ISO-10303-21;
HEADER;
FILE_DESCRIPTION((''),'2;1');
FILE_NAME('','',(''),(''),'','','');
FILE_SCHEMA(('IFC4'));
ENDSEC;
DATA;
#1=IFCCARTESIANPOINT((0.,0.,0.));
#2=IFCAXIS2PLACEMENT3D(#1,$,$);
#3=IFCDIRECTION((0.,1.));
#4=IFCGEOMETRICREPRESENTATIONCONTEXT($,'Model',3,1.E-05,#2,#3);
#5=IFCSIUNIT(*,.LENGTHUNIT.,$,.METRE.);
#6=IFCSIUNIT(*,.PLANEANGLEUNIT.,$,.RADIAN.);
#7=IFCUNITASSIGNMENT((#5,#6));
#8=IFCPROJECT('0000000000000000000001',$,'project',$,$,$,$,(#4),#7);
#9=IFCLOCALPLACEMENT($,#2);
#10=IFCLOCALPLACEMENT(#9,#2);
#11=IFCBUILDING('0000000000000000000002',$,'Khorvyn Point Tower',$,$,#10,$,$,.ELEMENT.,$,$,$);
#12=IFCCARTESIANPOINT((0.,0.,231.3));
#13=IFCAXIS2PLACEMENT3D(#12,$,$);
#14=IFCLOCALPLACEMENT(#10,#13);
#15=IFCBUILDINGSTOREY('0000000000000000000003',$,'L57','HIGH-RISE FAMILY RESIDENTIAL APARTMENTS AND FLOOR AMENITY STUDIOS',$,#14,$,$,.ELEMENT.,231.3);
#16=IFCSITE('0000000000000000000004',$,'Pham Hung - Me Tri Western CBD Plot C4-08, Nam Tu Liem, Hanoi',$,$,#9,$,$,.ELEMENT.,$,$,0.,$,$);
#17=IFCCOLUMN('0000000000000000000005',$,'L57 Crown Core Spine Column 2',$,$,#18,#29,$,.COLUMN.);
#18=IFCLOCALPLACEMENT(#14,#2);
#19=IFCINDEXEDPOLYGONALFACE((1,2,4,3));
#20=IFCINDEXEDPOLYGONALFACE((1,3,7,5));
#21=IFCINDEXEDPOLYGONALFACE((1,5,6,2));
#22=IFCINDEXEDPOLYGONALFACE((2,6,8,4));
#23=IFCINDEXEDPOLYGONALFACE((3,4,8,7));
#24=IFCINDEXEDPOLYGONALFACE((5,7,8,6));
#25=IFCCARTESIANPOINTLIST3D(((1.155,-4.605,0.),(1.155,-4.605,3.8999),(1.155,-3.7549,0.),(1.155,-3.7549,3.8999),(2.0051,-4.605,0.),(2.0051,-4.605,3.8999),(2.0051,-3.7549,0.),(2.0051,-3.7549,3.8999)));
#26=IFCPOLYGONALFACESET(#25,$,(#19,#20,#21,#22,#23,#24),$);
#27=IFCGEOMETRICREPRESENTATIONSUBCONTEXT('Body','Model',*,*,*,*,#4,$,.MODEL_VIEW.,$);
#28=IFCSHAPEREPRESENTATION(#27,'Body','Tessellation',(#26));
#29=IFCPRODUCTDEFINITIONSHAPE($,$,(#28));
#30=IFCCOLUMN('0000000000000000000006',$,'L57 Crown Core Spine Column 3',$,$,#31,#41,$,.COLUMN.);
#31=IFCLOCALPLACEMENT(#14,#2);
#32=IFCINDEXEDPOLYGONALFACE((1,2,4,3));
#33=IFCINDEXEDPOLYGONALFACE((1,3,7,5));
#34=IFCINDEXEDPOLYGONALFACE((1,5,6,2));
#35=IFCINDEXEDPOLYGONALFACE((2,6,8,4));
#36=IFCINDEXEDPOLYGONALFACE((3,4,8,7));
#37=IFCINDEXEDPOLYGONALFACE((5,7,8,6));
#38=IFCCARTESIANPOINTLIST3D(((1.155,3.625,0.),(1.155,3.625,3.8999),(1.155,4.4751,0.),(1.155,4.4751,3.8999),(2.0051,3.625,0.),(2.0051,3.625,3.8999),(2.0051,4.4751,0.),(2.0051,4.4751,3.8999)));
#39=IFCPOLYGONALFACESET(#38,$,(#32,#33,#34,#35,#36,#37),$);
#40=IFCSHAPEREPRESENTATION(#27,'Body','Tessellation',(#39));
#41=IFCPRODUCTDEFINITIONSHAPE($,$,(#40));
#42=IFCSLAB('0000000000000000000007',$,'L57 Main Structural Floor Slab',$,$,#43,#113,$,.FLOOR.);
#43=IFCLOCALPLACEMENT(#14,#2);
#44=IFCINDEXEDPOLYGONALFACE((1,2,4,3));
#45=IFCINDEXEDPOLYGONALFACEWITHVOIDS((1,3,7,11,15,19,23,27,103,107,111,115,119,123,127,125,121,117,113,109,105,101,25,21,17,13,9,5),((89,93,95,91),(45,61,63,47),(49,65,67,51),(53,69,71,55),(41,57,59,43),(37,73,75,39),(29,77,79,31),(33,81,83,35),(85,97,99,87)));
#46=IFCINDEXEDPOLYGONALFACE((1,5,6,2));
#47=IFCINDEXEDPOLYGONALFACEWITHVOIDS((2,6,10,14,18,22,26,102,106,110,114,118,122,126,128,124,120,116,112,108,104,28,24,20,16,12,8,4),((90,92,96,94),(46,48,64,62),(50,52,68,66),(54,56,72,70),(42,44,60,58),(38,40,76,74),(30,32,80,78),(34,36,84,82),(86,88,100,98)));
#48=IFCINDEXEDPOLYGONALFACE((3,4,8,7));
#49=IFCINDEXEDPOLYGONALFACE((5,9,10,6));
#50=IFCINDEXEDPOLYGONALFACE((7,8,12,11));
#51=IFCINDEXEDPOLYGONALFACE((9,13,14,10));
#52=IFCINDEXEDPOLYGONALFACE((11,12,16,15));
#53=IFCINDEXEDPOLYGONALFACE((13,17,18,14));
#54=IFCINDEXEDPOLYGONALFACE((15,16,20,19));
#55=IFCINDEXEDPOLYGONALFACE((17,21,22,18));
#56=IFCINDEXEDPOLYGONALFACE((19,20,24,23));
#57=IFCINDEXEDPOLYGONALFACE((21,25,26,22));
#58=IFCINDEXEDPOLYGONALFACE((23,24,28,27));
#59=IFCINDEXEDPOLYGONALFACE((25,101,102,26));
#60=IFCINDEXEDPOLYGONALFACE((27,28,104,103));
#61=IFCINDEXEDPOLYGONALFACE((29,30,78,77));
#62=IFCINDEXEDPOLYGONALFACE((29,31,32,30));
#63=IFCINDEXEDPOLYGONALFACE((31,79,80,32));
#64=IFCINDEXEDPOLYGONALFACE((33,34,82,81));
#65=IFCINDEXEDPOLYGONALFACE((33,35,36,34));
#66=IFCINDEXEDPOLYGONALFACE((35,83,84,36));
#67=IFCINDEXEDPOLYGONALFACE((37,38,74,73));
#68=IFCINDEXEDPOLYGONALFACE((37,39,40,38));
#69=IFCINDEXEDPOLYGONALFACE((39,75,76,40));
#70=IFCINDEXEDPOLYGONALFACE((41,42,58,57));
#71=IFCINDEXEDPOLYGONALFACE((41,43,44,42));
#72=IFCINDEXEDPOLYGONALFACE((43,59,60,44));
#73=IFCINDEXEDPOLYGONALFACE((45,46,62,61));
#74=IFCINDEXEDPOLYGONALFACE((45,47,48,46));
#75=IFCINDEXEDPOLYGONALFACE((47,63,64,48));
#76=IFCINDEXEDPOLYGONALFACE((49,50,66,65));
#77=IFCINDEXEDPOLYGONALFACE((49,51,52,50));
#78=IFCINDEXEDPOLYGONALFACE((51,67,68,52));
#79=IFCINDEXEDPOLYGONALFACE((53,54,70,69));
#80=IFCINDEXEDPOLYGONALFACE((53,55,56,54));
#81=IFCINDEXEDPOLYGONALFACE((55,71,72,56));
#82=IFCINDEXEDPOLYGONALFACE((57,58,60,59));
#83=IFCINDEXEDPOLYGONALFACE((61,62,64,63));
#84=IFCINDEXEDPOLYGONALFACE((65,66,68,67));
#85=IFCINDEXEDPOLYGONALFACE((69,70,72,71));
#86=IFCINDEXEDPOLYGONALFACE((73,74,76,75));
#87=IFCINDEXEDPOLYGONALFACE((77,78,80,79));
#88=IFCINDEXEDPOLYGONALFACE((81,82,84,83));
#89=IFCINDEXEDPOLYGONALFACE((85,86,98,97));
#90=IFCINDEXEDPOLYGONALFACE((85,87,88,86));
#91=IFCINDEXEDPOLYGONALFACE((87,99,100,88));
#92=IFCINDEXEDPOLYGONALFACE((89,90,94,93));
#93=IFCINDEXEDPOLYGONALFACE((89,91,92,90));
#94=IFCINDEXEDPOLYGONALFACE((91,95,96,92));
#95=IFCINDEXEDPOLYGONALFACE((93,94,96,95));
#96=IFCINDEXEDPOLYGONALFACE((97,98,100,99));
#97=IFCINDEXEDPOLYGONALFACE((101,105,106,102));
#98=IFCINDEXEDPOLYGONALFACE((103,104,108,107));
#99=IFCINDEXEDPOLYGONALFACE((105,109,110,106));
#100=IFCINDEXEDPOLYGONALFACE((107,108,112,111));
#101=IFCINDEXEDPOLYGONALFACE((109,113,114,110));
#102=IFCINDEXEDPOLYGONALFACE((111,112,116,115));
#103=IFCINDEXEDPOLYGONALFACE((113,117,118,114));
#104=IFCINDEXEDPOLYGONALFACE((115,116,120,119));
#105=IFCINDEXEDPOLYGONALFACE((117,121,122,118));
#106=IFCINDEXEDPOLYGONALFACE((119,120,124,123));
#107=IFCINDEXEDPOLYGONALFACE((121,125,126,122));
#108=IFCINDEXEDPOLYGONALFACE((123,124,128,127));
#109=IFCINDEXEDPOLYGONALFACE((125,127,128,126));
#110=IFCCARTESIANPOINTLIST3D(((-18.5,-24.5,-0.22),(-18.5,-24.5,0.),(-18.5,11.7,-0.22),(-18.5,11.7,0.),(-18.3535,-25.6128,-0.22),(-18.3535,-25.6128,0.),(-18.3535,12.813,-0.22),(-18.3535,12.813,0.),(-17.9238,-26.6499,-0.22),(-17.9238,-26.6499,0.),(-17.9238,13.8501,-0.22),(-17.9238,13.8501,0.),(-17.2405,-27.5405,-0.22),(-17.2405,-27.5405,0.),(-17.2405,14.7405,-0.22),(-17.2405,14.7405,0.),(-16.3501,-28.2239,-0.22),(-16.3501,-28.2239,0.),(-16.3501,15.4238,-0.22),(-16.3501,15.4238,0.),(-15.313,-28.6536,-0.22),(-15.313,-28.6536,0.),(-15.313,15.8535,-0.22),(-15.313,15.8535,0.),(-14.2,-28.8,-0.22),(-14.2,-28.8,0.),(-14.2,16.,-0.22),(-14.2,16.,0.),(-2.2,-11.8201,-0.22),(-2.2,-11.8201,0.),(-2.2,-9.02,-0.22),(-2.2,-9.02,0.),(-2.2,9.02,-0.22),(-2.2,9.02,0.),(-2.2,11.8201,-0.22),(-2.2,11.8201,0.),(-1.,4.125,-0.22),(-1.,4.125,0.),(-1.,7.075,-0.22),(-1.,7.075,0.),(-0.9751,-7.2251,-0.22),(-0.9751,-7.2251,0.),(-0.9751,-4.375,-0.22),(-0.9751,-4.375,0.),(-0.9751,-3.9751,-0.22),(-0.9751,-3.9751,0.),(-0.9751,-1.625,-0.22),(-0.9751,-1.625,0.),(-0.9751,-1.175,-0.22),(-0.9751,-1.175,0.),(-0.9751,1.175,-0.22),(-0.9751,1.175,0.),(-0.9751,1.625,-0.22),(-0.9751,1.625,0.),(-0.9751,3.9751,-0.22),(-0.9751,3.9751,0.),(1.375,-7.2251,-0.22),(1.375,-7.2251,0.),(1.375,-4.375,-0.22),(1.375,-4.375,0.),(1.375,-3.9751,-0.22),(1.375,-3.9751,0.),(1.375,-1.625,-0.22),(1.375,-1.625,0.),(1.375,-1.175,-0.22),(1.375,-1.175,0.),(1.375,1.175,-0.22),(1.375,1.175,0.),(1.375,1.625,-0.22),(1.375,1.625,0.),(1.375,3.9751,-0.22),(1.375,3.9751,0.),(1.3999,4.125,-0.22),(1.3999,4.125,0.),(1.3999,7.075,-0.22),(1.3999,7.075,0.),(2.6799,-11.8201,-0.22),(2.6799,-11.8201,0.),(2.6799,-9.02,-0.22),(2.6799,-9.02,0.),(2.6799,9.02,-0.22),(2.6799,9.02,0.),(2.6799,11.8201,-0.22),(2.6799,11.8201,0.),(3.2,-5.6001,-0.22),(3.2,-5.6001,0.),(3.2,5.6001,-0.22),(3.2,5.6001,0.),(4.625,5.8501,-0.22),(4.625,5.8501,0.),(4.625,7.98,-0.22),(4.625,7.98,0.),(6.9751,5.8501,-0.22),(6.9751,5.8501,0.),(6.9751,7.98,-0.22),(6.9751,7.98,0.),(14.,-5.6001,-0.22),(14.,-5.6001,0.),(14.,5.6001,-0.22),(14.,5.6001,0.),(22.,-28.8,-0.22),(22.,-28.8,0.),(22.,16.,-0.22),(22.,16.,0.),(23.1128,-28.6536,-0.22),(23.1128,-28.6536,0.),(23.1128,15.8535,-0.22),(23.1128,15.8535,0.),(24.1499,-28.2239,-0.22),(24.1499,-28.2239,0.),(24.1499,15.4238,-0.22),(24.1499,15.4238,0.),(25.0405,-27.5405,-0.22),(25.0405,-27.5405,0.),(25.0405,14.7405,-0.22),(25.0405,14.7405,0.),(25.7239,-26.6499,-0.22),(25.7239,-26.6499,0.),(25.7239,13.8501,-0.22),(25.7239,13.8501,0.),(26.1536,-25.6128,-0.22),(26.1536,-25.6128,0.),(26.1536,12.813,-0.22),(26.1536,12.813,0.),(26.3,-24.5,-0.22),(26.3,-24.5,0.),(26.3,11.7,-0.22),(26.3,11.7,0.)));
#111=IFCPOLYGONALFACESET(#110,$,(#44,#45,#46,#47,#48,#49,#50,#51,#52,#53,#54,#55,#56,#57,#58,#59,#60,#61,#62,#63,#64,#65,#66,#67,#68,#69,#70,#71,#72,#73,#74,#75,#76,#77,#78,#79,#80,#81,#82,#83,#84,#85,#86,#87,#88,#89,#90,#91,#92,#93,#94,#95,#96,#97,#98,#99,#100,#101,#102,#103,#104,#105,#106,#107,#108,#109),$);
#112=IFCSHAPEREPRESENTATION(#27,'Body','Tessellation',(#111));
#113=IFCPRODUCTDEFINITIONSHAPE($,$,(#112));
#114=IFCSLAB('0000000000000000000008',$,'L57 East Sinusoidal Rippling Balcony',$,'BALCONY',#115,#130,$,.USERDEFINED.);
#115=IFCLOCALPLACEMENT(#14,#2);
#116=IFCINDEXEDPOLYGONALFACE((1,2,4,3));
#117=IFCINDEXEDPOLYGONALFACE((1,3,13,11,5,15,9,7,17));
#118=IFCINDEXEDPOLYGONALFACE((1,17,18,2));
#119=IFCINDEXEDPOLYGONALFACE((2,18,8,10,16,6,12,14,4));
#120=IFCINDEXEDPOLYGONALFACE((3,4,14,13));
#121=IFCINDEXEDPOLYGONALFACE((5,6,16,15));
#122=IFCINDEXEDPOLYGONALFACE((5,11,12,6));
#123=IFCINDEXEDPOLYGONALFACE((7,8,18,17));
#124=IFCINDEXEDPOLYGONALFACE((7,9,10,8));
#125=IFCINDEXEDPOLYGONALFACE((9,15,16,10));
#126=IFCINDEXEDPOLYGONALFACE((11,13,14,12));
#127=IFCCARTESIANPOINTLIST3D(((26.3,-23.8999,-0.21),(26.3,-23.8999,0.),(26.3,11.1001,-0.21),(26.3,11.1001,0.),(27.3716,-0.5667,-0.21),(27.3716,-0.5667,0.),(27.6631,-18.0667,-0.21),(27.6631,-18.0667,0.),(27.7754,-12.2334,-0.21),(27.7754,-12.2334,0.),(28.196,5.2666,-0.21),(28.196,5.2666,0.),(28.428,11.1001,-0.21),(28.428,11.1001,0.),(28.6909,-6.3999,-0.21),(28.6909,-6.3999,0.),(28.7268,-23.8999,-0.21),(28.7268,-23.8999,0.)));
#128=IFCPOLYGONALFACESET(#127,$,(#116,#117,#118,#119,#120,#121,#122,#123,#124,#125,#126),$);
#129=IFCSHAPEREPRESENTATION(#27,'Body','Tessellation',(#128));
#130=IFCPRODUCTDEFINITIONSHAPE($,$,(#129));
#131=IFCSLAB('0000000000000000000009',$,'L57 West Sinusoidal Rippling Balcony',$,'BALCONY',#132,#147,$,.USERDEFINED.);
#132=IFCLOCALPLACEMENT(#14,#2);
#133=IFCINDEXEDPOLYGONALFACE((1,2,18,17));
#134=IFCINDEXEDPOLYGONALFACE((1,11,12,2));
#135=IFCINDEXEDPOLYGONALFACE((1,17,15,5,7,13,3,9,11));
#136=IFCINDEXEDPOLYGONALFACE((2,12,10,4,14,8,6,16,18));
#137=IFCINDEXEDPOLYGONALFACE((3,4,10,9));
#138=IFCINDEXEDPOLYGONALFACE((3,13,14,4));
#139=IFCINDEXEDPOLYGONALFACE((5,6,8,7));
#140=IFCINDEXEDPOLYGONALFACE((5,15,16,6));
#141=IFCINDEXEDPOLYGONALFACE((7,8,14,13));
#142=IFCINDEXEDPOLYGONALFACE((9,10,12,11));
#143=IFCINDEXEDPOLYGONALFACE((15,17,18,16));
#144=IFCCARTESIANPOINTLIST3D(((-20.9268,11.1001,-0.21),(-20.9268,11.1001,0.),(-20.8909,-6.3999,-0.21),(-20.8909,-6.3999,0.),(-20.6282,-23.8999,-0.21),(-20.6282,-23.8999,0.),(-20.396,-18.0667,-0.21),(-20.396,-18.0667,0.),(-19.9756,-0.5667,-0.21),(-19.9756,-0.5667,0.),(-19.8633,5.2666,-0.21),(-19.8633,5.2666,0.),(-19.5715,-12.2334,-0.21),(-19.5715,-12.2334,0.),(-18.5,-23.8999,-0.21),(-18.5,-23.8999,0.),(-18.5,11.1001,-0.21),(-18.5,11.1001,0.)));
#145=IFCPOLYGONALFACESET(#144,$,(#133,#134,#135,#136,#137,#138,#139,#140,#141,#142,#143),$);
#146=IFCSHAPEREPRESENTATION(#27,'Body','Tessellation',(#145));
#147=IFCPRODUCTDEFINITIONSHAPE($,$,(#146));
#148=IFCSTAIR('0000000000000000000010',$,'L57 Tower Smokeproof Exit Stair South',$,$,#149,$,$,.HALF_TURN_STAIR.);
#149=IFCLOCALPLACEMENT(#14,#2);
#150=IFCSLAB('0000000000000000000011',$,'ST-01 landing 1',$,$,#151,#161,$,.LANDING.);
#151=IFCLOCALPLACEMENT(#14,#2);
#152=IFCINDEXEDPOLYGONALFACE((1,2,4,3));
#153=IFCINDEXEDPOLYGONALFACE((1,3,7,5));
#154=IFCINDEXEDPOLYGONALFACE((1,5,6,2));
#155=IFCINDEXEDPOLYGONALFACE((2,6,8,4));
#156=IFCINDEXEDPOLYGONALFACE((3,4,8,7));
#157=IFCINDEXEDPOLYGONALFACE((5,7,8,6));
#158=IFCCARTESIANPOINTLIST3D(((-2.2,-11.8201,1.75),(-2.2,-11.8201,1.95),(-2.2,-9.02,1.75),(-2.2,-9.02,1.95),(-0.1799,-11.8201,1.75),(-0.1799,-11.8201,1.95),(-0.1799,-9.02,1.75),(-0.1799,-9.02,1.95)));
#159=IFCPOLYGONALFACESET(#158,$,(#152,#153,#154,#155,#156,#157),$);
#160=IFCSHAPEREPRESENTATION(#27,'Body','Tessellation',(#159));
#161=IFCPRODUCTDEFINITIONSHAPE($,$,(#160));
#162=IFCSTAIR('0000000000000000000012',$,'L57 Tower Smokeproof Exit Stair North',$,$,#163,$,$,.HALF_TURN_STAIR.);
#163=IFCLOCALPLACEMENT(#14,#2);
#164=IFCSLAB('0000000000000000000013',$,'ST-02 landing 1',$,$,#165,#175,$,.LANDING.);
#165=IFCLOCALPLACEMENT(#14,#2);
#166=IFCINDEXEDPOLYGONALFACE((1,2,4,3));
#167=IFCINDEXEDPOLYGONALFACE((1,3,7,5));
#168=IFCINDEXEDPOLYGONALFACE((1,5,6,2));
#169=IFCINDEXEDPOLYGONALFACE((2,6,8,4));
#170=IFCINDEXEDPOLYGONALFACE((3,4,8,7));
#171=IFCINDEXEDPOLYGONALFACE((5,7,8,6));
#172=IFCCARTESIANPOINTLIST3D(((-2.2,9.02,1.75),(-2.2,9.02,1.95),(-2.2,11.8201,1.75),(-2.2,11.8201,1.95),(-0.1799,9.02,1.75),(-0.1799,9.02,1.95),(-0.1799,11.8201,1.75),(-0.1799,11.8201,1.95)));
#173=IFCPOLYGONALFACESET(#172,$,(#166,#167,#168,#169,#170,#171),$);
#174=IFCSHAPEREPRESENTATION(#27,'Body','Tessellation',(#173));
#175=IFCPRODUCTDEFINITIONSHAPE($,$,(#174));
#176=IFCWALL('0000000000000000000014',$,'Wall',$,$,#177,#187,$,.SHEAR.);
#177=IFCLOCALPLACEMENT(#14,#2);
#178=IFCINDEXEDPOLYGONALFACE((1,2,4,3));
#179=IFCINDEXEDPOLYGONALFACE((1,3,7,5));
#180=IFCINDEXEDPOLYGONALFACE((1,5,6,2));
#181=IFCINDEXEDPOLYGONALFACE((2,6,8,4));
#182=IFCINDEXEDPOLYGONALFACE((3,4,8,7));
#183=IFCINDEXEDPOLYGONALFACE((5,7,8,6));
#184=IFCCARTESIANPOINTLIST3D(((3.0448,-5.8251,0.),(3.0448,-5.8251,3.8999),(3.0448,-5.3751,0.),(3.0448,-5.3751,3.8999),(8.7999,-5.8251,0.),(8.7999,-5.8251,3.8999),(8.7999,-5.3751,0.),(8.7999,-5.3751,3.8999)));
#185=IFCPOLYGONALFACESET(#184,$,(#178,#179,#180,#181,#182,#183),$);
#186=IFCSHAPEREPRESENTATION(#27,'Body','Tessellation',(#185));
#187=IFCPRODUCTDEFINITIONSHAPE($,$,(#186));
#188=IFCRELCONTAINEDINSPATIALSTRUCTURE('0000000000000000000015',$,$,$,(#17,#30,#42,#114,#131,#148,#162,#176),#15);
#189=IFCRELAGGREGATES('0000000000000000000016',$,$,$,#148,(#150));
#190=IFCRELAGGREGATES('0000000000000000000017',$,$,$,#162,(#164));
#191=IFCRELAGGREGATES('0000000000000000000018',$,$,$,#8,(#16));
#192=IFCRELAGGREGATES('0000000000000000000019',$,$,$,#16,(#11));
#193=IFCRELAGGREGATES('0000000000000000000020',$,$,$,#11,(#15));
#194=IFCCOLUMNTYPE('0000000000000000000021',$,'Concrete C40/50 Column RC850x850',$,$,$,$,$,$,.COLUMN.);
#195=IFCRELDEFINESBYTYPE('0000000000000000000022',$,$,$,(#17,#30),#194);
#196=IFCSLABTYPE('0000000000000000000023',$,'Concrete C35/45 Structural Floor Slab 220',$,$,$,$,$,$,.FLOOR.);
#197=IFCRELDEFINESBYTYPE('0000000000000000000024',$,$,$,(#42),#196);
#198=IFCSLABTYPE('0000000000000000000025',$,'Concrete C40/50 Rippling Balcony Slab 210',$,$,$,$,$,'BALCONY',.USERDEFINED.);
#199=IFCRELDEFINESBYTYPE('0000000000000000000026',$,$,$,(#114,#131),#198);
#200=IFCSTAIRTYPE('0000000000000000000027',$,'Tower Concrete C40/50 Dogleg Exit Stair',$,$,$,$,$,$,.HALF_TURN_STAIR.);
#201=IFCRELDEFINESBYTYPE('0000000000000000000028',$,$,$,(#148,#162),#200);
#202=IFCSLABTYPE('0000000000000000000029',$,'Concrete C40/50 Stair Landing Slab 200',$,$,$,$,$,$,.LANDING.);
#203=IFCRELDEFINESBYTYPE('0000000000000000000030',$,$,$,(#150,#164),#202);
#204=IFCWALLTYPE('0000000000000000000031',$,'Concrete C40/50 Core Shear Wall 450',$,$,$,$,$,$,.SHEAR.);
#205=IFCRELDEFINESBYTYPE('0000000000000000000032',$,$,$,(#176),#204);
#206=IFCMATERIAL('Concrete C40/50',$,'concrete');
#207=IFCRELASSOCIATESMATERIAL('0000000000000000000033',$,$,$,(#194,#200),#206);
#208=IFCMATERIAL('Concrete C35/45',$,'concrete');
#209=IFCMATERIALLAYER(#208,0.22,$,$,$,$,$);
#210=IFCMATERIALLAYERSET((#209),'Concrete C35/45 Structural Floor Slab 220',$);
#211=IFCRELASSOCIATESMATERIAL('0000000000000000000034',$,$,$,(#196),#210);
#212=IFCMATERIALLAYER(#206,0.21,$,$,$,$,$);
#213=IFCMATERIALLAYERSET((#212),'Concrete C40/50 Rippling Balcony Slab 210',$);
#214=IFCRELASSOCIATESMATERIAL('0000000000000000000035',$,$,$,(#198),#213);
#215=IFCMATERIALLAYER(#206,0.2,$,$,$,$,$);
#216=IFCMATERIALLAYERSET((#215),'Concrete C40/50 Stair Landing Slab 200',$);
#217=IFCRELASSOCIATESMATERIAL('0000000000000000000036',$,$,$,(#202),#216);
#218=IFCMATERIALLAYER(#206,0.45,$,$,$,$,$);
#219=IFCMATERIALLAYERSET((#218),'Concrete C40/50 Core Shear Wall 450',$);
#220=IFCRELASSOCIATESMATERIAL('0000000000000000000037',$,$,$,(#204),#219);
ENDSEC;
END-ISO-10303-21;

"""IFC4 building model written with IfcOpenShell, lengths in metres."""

from ifc_helpers import new_model, si_unit, direction, frame, frame_2d, origin, origin_2d, place, context, subcontext, project, spatial, polyline, rectangle, outline, extrude, material, layer, layer_set, material_profile, profile_set, type_object, element, aggregate, save


model = new_model("IFC4")

# Units and contexts
model_context = context("Model", 3, precision=1e-05, world=origin(), true_north=direction((0.0, 1.0)))
body_context = subcontext(model_context, "Body", "Model", "MODEL_VIEW")
ifc_project = project(units=[si_unit("LENGTHUNIT", "METRE"), si_unit("PLANEANGLEUNIT", "RADIAN")], contexts=[model_context])

# Site, building, storey
site_placement = place(None, origin())
site = spatial("IfcSite", under=ifc_project, at=site_placement, Name="Pham Hung - Me Tri Western CBD Plot C4-08, Nam Tu Liem, Hanoi", CompositionType="ELEMENT", RefElevation=0.0)
building_placement = place(site_placement, origin())
building = spatial("IfcBuilding", under=site, at=building_placement, Name="Khorvyn Point Tower", CompositionType="ELEMENT")
storey_placement = place(building_placement, frame((0.0, 0.0, 231.3)))
storey = spatial("IfcBuildingStorey", under=building, at=storey_placement, Name="L57", Description="HIGH-RISE FAMILY RESIDENTIAL APARTMENTS AND FLOOR AMENITY STUDIOS", CompositionType="ELEMENT", Elevation=231.3)

# Columns
ifc_material_1 = material(Name="Concrete C40/50", Category="concrete")
ifc_material_profile = material_profile(ifc_material_1, rectangle(XDim=0.8501, YDim=0.8501, at=origin_2d()))
ifc_profile_set = profile_set([ifc_material_profile], Name="Concrete C40/50 RC850x850")
column_type = type_object("IfcColumnType", Name="Concrete C40/50 Column RC850x850", PredefinedType="COLUMN", material=ifc_profile_set)
for number, where, z_axis, x_axis, name in (
    (1, (1.5801, -4.1799, 0.0), (0.0, 0.0, 1.0), (1.0, 0.0, 0.0), "L57 Crown Core Spine Column 2"),
    (2, (1.5801, 4.05, 0.0), (0.0, 0.0, 1.0), (1.0, 0.0, 0.0), "L57 Crown Core Spine Column 3"),
):
    element("IfcColumn", number, at=place(storey_placement, frame(where, z_axis=z_axis, x_axis=x_axis)), inside=storey, type_object=column_type, Name=name, PredefinedType="COLUMN", context=body_context, shape_type="SweptSolid", body=[
        extrude(rectangle(XDim=0.8501, YDim=0.8501, at=origin_2d()), origin(), (0.0, 0.0, 1.0), 3.8999),
    ])

# Slabs
ifc_material_2 = material(Name="Concrete C35/45", Category="concrete")
ifc_layer_1 = layer(ifc_material_2, 0.22)
ifc_layer_set_1 = layer_set([ifc_layer_1], Name="Concrete C35/45 Structural Floor Slab 220")
slab_type_1 = type_object("IfcSlabType", Name="Concrete C35/45 Structural Floor Slab 220", PredefinedType="FLOOR", material=ifc_layer_set_1)
slab_1_placement = place(storey_placement, frame((0.0, 0.0, -0.22)))
element("IfcSlab", 3, at=slab_1_placement, inside=storey, type_object=slab_type_1, Name="L57 Main Structural Floor Slab", PredefinedType="FLOOR", context=body_context, shape_type="SweptSolid", body=[
    extrude(outline(polyline([(-14.2, -28.8), (-15.313, -28.6536), (-16.3501, -28.2239), (-17.2405, -27.5405), (-17.9238, -26.6499), (-18.3535, -25.6128), (-18.5, -24.5), (-18.5, 11.7), (-18.3535, 12.813), (-17.9238, 13.8501), (-17.2405, 14.7405), (-16.3501, 15.4238), (-15.313, 15.8535), (-14.2, 16.0), (22.0, 16.0), (23.1128, 15.8535), (24.1499, 15.4238), (25.0405, 14.7405), (25.7239, 13.8501), (26.1536, 12.813), (26.3, 11.7), (26.3, -24.5), (26.1536, -25.6128), (25.7239, -26.6499), (25.0405, -27.5405), (24.1499, -28.2239), (23.1128, -28.6536), (22.0, -28.8), (-14.2, -28.8)]), holes=[polyline([(2.6799, -11.8201), (2.6799, -9.02), (-2.2, -9.02), (-2.2, -11.8201), (2.6799, -11.8201)]), polyline([(1.375, -7.2251), (1.375, -4.375), (-0.9751, -4.375), (-0.9751, -7.2251), (1.375, -7.2251)]), polyline([(1.375, -3.9751), (1.375, -1.625), (-0.9751, -1.625), (-0.9751, -3.9751), (1.375, -3.9751)]), polyline([(1.375, -1.175), (1.375, 1.175), (-0.9751, 1.175), (-0.9751, -1.175), (1.375, -1.175)]), polyline([(14.0, -5.6001), (14.0, 5.6001), (3.2, 5.6001), (3.2, -5.6001), (14.0, -5.6001)]), polyline([(1.375, 1.625), (1.375, 3.9751), (-0.9751, 3.9751), (-0.9751, 1.625), (1.375, 1.625)]), polyline([(1.3999, 4.125), (1.3999, 7.075), (-1.0, 7.075), (-1.0, 4.125), (1.3999, 4.125)]), polyline([(4.625, 5.8501), (6.9751, 5.8501), (6.9751, 7.98), (4.625, 7.98), (4.625, 5.8501)]), polyline([(-2.2, 9.02), (2.6799, 9.02), (2.6799, 11.8201), (-2.2, 11.8201), (-2.2, 9.02)])]), origin(), (0.0, 0.0, 1.0), 0.22),
])
ifc_layer_2 = layer(ifc_material_1, 0.21)
ifc_layer_set_2 = layer_set([ifc_layer_2], Name="Concrete C40/50 Rippling Balcony Slab 210")
slab_type_2 = type_object("IfcSlabType", Name="Concrete C40/50 Rippling Balcony Slab 210", ElementType="BALCONY", PredefinedType="USERDEFINED", material=ifc_layer_set_2)
slab_2_placement = place(storey_placement, frame((0.0, 0.0, -0.21)))
element("IfcSlab", 4, at=slab_2_placement, inside=storey, type_object=slab_type_2, Name="L57 East Sinusoidal Rippling Balcony", ObjectType="BALCONY", PredefinedType="USERDEFINED", context=body_context, shape_type="SweptSolid", body=[
    extrude(outline(polyline([(26.3, -23.8999), (28.7268, -23.8999), (27.6631, -18.0667), (27.7754, -12.2334), (28.6909, -6.3999), (27.3716, -0.5667), (28.196, 5.2666), (28.428, 11.1001), (26.3, 11.1001), (26.3, -23.8999)])), origin(), (0.0, 0.0, 1.0), 0.21),
])
slab_3_placement = place(storey_placement, frame((0.0, 0.0, -0.21)))
element("IfcSlab", 5, at=slab_3_placement, inside=storey, type_object=slab_type_2, Name="L57 West Sinusoidal Rippling Balcony", ObjectType="BALCONY", PredefinedType="USERDEFINED", context=body_context, shape_type="SweptSolid", body=[
    extrude(outline(polyline([(-18.5, 11.1001), (-20.9268, 11.1001), (-19.8633, 5.2666), (-19.9756, -0.5667), (-20.8909, -6.3999), (-19.5715, -12.2334), (-20.396, -18.0667), (-20.6282, -23.8999), (-18.5, -23.8999), (-18.5, 11.1001)])), origin(), (0.0, 0.0, 1.0), 0.21),
])

# Stairs, slabs
stair_type = type_object("IfcStairType", Name="Tower Concrete C40/50 Dogleg Exit Stair", PredefinedType="HALF_TURN_STAIR", material=ifc_material_1)
stair_1_placement = place(storey_placement, origin())
stair_1 = element("IfcStair", 6, at=stair_1_placement, inside=storey, type_object=stair_type, Name="L57 Tower Smokeproof Exit Stair South", PredefinedType="HALF_TURN_STAIR")
ifc_layer_3 = layer(ifc_material_1, 0.2)
ifc_layer_set_3 = layer_set([ifc_layer_3], Name="Concrete C40/50 Stair Landing Slab 200")
slab_type_3 = type_object("IfcSlabType", Name="Concrete C40/50 Stair Landing Slab 200", PredefinedType="LANDING", material=ifc_layer_set_3)
slab_4_placement = place(storey_placement, frame((0.0, 0.0, 1.75)))
slab_4 = element("IfcSlab", 7, at=slab_4_placement, type_object=slab_type_3, Name="ST-01 landing 1", PredefinedType="LANDING", context=body_context, shape_type="SweptSolid", body=[
    extrude(outline(polyline([(-0.1799, -9.02), (-2.2, -9.02), (-2.2, -11.8201), (-0.1799, -11.8201), (-0.1799, -9.02)])), origin(), (0.0, 0.0, 1.0), 0.2),
])
aggregate(stair_1, [slab_4])
stair_2_placement = place(storey_placement, origin())
stair_2 = element("IfcStair", 8, at=stair_2_placement, inside=storey, type_object=stair_type, Name="L57 Tower Smokeproof Exit Stair North", PredefinedType="HALF_TURN_STAIR")
slab_5_placement = place(storey_placement, frame((0.0, 0.0, 1.75)))
slab_5 = element("IfcSlab", 9, at=slab_5_placement, type_object=slab_type_3, Name="ST-02 landing 1", PredefinedType="LANDING", context=body_context, shape_type="SweptSolid", body=[
    extrude(outline(polyline([(-0.1799, 11.8201), (-2.2, 11.8201), (-2.2, 9.02), (-0.1799, 9.02), (-0.1799, 11.8201)])), origin(), (0.0, 0.0, 1.0), 0.2),
])
aggregate(stair_2, [slab_5])

# Wall
ifc_layer_4 = layer(ifc_material_1, 0.45)
ifc_layer_set_4 = layer_set([ifc_layer_4], Name="Concrete C40/50 Core Shear Wall 450")
wall_type_1 = type_object("IfcWallType", Name="Concrete C40/50 Core Shear Wall 450", PredefinedType="SHEAR", material=ifc_layer_set_4)
wall_1_placement = place(storey_placement, frame((3.0449, -5.6001, 0.0), z_axis=(0.0, 0.0, 1.0), x_axis=(1.0, 0.0, 0.0)))
element("IfcWall", 10, at=wall_1_placement, inside=storey, type_object=wall_type_1, Name="Wall", PredefinedType="SHEAR", context=body_context, shape_type="SweptSolid", body=[
    extrude(rectangle(XDim=5.7551, YDim=0.45, at=frame_2d((2.8774, 0.0))), origin(), (0.0, 0.0, 1.0), 3.8999),
])

save(model, "model.ifc")
